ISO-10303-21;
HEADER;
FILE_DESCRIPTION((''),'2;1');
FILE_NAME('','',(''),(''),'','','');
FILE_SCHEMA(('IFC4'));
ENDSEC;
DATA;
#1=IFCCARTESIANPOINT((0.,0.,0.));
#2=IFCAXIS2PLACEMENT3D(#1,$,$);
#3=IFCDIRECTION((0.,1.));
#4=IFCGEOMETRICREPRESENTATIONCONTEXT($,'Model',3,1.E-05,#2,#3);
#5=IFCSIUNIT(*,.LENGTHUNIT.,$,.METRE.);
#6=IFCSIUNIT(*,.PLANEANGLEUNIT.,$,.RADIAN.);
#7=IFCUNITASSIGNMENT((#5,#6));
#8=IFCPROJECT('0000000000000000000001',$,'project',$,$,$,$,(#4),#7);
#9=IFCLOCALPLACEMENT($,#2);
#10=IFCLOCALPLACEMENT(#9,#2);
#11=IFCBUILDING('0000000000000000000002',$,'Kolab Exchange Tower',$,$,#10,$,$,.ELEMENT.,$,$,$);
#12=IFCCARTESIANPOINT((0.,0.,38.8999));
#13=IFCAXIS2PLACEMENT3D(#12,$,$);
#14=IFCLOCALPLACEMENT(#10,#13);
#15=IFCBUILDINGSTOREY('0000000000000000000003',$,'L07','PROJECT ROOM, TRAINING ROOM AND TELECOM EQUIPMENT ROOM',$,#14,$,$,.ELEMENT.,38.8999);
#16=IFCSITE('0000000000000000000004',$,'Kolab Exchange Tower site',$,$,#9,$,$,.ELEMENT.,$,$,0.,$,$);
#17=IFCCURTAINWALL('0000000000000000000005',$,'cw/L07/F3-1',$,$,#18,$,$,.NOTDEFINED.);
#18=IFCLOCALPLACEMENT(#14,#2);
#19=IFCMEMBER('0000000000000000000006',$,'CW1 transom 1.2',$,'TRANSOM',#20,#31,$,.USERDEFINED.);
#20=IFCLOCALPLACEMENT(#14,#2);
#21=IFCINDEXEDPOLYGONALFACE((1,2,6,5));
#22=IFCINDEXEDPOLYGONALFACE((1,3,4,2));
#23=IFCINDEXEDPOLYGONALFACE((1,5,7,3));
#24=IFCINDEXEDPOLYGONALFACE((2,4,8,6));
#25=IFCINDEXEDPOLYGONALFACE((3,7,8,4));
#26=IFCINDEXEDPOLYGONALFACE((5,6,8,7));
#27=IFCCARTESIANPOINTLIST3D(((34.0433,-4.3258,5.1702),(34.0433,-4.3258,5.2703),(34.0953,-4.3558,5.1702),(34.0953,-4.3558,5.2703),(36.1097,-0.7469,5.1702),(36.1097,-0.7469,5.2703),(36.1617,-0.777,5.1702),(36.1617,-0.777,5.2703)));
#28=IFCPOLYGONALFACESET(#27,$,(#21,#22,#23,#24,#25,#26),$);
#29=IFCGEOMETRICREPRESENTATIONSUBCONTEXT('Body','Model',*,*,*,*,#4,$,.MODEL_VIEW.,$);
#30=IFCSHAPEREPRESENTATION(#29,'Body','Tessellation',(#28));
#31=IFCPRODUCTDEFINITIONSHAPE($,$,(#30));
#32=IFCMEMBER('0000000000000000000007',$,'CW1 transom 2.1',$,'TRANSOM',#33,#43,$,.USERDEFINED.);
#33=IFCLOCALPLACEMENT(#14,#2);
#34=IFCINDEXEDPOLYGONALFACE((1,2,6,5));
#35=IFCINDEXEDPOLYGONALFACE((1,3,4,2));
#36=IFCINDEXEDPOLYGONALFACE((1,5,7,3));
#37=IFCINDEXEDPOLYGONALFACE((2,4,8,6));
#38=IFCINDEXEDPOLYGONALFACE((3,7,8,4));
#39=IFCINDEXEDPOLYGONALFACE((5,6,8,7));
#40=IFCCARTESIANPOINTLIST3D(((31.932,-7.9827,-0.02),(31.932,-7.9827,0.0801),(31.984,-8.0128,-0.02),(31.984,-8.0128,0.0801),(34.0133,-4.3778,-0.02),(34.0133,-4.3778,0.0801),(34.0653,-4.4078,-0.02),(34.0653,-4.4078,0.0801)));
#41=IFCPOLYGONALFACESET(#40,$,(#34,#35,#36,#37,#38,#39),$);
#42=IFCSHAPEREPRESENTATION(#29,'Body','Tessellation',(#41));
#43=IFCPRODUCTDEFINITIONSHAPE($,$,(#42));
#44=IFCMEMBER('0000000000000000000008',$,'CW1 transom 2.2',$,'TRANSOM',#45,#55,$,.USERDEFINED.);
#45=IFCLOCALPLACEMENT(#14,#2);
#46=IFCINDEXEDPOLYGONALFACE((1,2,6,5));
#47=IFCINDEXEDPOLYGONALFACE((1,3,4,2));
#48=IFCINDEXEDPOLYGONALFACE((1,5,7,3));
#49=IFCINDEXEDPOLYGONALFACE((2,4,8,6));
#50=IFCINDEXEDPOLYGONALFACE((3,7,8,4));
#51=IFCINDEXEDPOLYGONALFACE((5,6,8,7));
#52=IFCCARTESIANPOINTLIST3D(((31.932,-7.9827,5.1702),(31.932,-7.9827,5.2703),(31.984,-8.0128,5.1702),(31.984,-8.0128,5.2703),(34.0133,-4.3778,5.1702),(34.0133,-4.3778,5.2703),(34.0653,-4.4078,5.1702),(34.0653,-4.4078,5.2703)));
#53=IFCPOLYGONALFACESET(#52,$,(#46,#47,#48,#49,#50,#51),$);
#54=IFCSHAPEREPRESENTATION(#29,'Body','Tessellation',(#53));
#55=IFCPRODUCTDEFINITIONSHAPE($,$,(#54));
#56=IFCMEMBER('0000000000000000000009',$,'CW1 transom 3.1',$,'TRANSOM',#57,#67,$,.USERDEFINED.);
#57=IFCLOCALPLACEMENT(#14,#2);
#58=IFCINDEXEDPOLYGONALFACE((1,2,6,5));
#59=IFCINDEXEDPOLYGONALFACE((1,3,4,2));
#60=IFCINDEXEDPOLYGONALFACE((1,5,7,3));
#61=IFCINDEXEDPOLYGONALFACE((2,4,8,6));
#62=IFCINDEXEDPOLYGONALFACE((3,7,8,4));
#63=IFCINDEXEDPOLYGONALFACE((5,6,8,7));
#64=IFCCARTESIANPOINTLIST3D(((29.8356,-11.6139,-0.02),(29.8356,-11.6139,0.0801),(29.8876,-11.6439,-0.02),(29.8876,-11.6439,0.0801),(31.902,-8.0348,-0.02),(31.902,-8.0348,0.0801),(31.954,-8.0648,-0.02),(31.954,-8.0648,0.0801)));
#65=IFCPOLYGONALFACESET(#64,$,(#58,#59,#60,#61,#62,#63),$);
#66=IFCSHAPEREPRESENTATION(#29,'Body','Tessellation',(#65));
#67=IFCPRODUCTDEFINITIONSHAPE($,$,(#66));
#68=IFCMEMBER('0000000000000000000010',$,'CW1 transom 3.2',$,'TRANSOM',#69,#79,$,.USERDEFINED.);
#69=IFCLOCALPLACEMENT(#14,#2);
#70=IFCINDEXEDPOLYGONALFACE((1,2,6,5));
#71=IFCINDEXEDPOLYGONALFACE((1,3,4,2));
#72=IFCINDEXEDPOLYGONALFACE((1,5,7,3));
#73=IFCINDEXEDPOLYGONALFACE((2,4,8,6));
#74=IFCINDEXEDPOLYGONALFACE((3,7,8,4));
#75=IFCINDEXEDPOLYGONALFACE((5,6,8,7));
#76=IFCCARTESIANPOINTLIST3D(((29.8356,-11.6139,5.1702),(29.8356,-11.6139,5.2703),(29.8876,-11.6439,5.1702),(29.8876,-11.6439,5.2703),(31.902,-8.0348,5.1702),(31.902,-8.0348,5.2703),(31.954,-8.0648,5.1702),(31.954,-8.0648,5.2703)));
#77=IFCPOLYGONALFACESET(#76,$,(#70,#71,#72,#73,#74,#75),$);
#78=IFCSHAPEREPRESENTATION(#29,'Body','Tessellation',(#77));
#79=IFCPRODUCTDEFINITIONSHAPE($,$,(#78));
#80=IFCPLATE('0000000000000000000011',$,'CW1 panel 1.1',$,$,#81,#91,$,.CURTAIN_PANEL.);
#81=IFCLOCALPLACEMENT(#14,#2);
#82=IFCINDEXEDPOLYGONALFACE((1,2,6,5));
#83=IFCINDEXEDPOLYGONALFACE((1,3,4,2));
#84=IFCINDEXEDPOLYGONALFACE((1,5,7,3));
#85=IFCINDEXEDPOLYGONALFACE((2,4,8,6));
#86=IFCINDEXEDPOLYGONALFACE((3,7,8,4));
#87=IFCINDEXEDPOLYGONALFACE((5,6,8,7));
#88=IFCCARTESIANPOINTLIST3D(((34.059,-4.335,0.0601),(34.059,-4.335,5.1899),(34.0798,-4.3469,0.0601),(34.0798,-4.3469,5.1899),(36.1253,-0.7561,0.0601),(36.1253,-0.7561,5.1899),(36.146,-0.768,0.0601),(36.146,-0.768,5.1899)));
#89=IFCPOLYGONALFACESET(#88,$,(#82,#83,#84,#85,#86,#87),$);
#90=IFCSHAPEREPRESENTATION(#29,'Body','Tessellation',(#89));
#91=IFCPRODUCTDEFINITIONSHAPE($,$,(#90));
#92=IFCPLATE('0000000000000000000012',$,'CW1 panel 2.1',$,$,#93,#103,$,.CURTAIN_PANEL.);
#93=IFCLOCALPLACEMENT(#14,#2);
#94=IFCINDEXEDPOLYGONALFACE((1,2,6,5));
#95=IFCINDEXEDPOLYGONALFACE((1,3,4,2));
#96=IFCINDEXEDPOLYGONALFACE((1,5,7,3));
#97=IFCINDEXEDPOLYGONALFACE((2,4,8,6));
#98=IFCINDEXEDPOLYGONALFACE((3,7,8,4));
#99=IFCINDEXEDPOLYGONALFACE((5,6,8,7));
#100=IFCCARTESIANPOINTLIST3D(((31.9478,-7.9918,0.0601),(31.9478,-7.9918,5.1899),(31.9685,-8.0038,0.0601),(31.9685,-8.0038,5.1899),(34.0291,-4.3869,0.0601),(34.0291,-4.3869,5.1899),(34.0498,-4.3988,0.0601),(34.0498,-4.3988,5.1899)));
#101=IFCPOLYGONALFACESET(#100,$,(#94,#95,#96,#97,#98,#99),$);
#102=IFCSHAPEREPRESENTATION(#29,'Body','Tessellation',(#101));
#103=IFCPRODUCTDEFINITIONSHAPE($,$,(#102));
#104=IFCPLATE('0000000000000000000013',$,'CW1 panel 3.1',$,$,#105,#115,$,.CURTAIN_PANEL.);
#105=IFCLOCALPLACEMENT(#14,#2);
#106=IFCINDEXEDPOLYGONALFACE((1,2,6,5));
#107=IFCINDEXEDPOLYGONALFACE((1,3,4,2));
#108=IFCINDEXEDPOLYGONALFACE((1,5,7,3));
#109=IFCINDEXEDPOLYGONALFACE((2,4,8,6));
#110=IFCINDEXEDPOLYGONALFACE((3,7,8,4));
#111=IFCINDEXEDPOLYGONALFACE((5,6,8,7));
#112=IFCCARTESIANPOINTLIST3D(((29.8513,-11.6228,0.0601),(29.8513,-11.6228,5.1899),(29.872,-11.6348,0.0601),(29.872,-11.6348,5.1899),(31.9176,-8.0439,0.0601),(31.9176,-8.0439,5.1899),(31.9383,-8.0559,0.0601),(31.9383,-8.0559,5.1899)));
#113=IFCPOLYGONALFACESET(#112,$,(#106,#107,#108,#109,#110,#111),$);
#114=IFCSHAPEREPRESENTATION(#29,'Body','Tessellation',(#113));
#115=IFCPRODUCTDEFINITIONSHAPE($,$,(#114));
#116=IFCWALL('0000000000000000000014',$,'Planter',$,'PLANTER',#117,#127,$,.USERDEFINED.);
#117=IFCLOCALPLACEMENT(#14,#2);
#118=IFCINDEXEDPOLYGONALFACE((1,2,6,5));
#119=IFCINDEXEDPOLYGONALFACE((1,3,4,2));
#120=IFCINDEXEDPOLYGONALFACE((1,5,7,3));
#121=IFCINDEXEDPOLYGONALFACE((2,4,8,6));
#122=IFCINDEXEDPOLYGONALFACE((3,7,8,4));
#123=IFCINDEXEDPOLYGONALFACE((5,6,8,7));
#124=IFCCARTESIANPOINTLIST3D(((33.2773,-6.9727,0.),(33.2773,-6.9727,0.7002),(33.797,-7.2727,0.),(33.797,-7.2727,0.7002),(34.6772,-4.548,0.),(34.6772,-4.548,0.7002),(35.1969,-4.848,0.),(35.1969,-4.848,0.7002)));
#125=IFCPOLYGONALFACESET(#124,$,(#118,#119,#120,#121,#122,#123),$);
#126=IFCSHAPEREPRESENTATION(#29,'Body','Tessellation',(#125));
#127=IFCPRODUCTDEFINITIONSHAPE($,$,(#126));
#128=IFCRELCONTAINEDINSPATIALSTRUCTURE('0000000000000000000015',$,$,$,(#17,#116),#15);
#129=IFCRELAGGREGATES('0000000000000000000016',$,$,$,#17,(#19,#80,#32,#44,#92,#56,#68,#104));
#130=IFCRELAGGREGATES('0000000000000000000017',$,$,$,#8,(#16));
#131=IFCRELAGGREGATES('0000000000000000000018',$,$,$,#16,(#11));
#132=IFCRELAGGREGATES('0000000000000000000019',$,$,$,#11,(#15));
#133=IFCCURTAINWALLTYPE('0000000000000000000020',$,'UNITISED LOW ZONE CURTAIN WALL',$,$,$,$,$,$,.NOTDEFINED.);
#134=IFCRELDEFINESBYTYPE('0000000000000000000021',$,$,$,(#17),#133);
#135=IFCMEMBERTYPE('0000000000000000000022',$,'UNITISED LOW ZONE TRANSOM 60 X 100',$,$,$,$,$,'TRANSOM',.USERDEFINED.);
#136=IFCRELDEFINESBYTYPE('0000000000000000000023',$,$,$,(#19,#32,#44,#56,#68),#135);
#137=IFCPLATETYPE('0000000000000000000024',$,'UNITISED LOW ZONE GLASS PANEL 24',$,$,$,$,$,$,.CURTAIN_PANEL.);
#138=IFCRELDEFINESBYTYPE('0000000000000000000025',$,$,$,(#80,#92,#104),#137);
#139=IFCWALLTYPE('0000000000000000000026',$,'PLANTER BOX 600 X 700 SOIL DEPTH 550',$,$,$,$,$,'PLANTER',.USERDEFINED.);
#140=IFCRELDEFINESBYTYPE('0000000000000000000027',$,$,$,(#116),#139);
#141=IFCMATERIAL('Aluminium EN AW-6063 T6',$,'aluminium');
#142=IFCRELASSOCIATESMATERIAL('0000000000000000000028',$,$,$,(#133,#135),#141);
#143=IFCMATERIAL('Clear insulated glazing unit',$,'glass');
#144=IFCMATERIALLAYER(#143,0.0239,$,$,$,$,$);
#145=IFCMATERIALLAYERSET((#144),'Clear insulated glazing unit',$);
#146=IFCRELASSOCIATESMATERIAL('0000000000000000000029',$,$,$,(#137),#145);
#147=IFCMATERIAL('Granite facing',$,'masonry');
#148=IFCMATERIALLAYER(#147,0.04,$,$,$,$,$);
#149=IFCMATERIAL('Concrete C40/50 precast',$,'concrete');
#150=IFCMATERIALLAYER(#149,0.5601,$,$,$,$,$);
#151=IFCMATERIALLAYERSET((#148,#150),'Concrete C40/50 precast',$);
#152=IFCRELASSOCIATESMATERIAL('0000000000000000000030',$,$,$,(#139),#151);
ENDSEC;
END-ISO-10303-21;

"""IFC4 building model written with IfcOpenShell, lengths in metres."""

from ifc_helpers import new_model, si_unit, direction, frame, frame_2d, origin, origin_2d, place, context, subcontext, project, spatial, rectangle, extrude, material, layer, layer_set, material_profile, profile_set, type_object, element, aggregate, save


model = new_model("IFC4")

# Units and contexts
model_context = context("Model", 3, precision=1e-05, world=origin(), true_north=direction((0.0, 1.0)))
body_context = subcontext(model_context, "Body", "Model", "MODEL_VIEW")
ifc_project = project(units=[si_unit("LENGTHUNIT", "METRE"), si_unit("PLANEANGLEUNIT", "RADIAN")], contexts=[model_context])

# Site, building, storey
site_placement = place(None, origin())
site = spatial("IfcSite", under=ifc_project, at=site_placement, Name="Kolab Exchange Tower site", CompositionType="ELEMENT", RefElevation=0.0)
building_placement = place(site_placement, origin())
building = spatial("IfcBuilding", under=site, at=building_placement, Name="Kolab Exchange Tower", CompositionType="ELEMENT")
storey_placement = place(building_placement, frame((0.0, 0.0, 38.8999)))
storey = spatial("IfcBuildingStorey", under=building, at=storey_placement, Name="L07", Description="PROJECT ROOM, TRAINING ROOM AND TELECOM EQUIPMENT ROOM", CompositionType="ELEMENT", Elevation=38.8999)

# Curtain wall
ifc_material_1 = material(Name="Aluminium EN AW-6063 T6", Category="aluminium")
curtain_wall_type = type_object("IfcCurtainWallType", Name="UNITISED LOW ZONE CURTAIN WALL", PredefinedType="NOTDEFINED", material=ifc_material_1)
curtain_wall_1_placement = place(storey_placement, origin())
curtain_wall_1 = element("IfcCurtainWall", 1, at=curtain_wall_1_placement, inside=storey, type_object=curtain_wall_type, Name="cw/L07/F3-1", PredefinedType="NOTDEFINED")

# Members
ifc_material_profile_1 = material_profile(ifc_material_1, rectangle(XDim=0.0601, YDim=0.1001, at=origin_2d()), Name="RECT 60X100")
ifc_profile_set_1 = profile_set([ifc_material_profile_1], Name="Aluminium EN AW-6063 T6")
member_type_1 = type_object("IfcMemberType", Name="UNITISED LOW ZONE TRANSOM 60 X 100", ElementType="TRANSOM", PredefinedType="USERDEFINED", material=ifc_profile_set_1)
member_1_placement = place(storey_placement, frame((36.1357, -0.762, 5.2202), z_axis=(-0.500028, -0.866009, 0.0), x_axis=(0.866009, -0.500028, 0.0)))
member_1 = element("IfcMember", 2, at=member_1_placement, type_object=member_type_1, Name="CW1 transom 1.2", ObjectType="TRANSOM", PredefinedType="USERDEFINED", context=body_context, shape_type="SweptSolid", body=[
    extrude(rectangle(XDim=0.0601, YDim=0.1001, at=origin_2d()), origin(), (0.0, 0.0, 1.0), 4.1326),
])
member_2_placement = place(storey_placement, frame((34.0393, -4.3928, 0.03), z_axis=(-0.499993, -0.866029, 0.0), x_axis=(0.866029, -0.499993, 0.0)))
member_2 = element("IfcMember", 3, at=member_2_placement, type_object=member_type_1, Name="CW1 transom 2.1", ObjectType="TRANSOM", PredefinedType="USERDEFINED", context=body_context, shape_type="SweptSolid", body=[
    extrude(rectangle(XDim=0.0601, YDim=0.1001, at=origin_2d()), origin(), (0.0, 0.0, 1.0), 4.1626),
])
member_3_placement = place(storey_placement, frame((34.0393, -4.3928, 5.2202), z_axis=(-0.499993, -0.866029, 0.0), x_axis=(0.866029, -0.499993, 0.0)))
member_3 = element("IfcMember", 4, at=member_3_placement, type_object=member_type_1, Name="CW1 transom 2.2", ObjectType="TRANSOM", PredefinedType="USERDEFINED", context=body_context, shape_type="SweptSolid", body=[
    extrude(rectangle(XDim=0.0601, YDim=0.1001, at=origin_2d()), origin(), (0.0, 0.0, 1.0), 4.1626),
])
member_4_placement = place(storey_placement, frame((31.928, -8.0498, 0.03), z_axis=(-0.500002, -0.866024, 0.0), x_axis=(0.866024, -0.500002, 0.0)))
member_4 = element("IfcMember", 5, at=member_4_placement, type_object=member_type_1, Name="CW1 transom 3.1", ObjectType="TRANSOM", PredefinedType="USERDEFINED", context=body_context, shape_type="SweptSolid", body=[
    extrude(rectangle(XDim=0.0601, YDim=0.1001, at=origin_2d()), origin(), (0.0, 0.0, 1.0), 4.1328),
])
member_5_placement = place(storey_placement, frame((31.928, -8.0498, 5.2202), z_axis=(-0.500002, -0.866024, 0.0), x_axis=(0.866024, -0.500002, 0.0)))
member_5 = element("IfcMember", 6, at=member_5_placement, type_object=member_type_1, Name="CW1 transom 3.2", ObjectType="TRANSOM", PredefinedType="USERDEFINED", context=body_context, shape_type="SweptSolid", body=[
    extrude(rectangle(XDim=0.0601, YDim=0.1001, at=origin_2d()), origin(), (0.0, 0.0, 1.0), 4.1328),
])

# Plates
ifc_material_2 = material(Name="Clear insulated glazing unit", Category="glass")
ifc_layer_1 = layer(ifc_material_2, 0.0239)
ifc_layer_set_1 = layer_set([ifc_layer_1], Name="Clear insulated glazing unit")
plate_type = type_object("IfcPlateType", Name="UNITISED LOW ZONE GLASS PANEL 24", PredefinedType="CURTAIN_PANEL", material=ifc_layer_set_1)
plate_1_placement = place(storey_placement, frame((35.1025, -2.5515, 0.0601), z_axis=(0.0, 0.0, 1.0), x_axis=(-0.5, -0.866025, 0.0)))
plate_1 = element("IfcPlate", 7, at=plate_1_placement, type_object=plate_type, Name="CW1 panel 1.1", PredefinedType="CURTAIN_PANEL", context=body_context, shape_type="SweptSolid", body=[
    extrude(rectangle(XDim=4.1326, YDim=0.0239, at=origin_2d()), origin(), (0.0, 0.0, 1.0), 5.1299),
])
plate_2_placement = place(storey_placement, frame((32.9988, -6.1953, 0.0601), z_axis=(0.0, 0.0, 1.0), x_axis=(-0.5, -0.866025, 0.0)))
plate_2 = element("IfcPlate", 8, at=plate_2_placement, type_object=plate_type, Name="CW1 panel 2.1", PredefinedType="CURTAIN_PANEL", context=body_context, shape_type="SweptSolid", body=[
    extrude(rectangle(XDim=4.1626, YDim=0.0239, at=origin_2d()), origin(), (0.0, 0.0, 1.0), 5.1299),
])
plate_3_placement = place(storey_placement, frame((30.8948, -9.8394, 0.0601), z_axis=(0.0, 0.0, 1.0), x_axis=(-0.5, -0.866025, 0.0)))
plate_3 = element("IfcPlate", 9, at=plate_3_placement, type_object=plate_type, Name="CW1 panel 3.1", PredefinedType="CURTAIN_PANEL", context=body_context, shape_type="SweptSolid", body=[
    extrude(rectangle(XDim=4.1326, YDim=0.0239, at=origin_2d()), origin(), (0.0, 0.0, 1.0), 5.1299),
])
aggregate(curtain_wall_1, [member_1, plate_1, member_2, member_3, plate_2, member_4, member_5, plate_3])

# Wall
ifc_material_3 = material(Name="Granite facing", Category="masonry")
ifc_layer_2 = layer(ifc_material_3, 0.04)
ifc_material_4 = material(Name="Concrete C40/50 precast", Category="concrete")
ifc_layer_3 = layer(ifc_material_4, 0.5601)
ifc_layer_set_2 = layer_set([ifc_layer_2, ifc_layer_3], Name="Concrete C40/50 precast")
wall_type = type_object("IfcWallType", Name="PLANTER BOX 600 X 700 SOIL DEPTH 550", ElementType="PLANTER", PredefinedType="USERDEFINED", material=ifc_layer_set_2)
wall_placement = place(storey_placement, frame((34.937, -4.698, 0.0), z_axis=(0.0, 0.0, 1.0), x_axis=(-0.499984, -0.866035, 0.0)))
element("IfcWall", 10, at=wall_placement, inside=storey, type_object=wall_type, Name="Planter", ObjectType="PLANTER", PredefinedType="USERDEFINED", context=body_context, shape_type="SweptSolid", body=[
    extrude(rectangle(XDim=2.7998, YDim=0.6001, at=frame_2d((1.3999, 0.0))), origin(), (0.0, 0.0, 1.0), 0.7002),
])

save(model, "model.ifc")
